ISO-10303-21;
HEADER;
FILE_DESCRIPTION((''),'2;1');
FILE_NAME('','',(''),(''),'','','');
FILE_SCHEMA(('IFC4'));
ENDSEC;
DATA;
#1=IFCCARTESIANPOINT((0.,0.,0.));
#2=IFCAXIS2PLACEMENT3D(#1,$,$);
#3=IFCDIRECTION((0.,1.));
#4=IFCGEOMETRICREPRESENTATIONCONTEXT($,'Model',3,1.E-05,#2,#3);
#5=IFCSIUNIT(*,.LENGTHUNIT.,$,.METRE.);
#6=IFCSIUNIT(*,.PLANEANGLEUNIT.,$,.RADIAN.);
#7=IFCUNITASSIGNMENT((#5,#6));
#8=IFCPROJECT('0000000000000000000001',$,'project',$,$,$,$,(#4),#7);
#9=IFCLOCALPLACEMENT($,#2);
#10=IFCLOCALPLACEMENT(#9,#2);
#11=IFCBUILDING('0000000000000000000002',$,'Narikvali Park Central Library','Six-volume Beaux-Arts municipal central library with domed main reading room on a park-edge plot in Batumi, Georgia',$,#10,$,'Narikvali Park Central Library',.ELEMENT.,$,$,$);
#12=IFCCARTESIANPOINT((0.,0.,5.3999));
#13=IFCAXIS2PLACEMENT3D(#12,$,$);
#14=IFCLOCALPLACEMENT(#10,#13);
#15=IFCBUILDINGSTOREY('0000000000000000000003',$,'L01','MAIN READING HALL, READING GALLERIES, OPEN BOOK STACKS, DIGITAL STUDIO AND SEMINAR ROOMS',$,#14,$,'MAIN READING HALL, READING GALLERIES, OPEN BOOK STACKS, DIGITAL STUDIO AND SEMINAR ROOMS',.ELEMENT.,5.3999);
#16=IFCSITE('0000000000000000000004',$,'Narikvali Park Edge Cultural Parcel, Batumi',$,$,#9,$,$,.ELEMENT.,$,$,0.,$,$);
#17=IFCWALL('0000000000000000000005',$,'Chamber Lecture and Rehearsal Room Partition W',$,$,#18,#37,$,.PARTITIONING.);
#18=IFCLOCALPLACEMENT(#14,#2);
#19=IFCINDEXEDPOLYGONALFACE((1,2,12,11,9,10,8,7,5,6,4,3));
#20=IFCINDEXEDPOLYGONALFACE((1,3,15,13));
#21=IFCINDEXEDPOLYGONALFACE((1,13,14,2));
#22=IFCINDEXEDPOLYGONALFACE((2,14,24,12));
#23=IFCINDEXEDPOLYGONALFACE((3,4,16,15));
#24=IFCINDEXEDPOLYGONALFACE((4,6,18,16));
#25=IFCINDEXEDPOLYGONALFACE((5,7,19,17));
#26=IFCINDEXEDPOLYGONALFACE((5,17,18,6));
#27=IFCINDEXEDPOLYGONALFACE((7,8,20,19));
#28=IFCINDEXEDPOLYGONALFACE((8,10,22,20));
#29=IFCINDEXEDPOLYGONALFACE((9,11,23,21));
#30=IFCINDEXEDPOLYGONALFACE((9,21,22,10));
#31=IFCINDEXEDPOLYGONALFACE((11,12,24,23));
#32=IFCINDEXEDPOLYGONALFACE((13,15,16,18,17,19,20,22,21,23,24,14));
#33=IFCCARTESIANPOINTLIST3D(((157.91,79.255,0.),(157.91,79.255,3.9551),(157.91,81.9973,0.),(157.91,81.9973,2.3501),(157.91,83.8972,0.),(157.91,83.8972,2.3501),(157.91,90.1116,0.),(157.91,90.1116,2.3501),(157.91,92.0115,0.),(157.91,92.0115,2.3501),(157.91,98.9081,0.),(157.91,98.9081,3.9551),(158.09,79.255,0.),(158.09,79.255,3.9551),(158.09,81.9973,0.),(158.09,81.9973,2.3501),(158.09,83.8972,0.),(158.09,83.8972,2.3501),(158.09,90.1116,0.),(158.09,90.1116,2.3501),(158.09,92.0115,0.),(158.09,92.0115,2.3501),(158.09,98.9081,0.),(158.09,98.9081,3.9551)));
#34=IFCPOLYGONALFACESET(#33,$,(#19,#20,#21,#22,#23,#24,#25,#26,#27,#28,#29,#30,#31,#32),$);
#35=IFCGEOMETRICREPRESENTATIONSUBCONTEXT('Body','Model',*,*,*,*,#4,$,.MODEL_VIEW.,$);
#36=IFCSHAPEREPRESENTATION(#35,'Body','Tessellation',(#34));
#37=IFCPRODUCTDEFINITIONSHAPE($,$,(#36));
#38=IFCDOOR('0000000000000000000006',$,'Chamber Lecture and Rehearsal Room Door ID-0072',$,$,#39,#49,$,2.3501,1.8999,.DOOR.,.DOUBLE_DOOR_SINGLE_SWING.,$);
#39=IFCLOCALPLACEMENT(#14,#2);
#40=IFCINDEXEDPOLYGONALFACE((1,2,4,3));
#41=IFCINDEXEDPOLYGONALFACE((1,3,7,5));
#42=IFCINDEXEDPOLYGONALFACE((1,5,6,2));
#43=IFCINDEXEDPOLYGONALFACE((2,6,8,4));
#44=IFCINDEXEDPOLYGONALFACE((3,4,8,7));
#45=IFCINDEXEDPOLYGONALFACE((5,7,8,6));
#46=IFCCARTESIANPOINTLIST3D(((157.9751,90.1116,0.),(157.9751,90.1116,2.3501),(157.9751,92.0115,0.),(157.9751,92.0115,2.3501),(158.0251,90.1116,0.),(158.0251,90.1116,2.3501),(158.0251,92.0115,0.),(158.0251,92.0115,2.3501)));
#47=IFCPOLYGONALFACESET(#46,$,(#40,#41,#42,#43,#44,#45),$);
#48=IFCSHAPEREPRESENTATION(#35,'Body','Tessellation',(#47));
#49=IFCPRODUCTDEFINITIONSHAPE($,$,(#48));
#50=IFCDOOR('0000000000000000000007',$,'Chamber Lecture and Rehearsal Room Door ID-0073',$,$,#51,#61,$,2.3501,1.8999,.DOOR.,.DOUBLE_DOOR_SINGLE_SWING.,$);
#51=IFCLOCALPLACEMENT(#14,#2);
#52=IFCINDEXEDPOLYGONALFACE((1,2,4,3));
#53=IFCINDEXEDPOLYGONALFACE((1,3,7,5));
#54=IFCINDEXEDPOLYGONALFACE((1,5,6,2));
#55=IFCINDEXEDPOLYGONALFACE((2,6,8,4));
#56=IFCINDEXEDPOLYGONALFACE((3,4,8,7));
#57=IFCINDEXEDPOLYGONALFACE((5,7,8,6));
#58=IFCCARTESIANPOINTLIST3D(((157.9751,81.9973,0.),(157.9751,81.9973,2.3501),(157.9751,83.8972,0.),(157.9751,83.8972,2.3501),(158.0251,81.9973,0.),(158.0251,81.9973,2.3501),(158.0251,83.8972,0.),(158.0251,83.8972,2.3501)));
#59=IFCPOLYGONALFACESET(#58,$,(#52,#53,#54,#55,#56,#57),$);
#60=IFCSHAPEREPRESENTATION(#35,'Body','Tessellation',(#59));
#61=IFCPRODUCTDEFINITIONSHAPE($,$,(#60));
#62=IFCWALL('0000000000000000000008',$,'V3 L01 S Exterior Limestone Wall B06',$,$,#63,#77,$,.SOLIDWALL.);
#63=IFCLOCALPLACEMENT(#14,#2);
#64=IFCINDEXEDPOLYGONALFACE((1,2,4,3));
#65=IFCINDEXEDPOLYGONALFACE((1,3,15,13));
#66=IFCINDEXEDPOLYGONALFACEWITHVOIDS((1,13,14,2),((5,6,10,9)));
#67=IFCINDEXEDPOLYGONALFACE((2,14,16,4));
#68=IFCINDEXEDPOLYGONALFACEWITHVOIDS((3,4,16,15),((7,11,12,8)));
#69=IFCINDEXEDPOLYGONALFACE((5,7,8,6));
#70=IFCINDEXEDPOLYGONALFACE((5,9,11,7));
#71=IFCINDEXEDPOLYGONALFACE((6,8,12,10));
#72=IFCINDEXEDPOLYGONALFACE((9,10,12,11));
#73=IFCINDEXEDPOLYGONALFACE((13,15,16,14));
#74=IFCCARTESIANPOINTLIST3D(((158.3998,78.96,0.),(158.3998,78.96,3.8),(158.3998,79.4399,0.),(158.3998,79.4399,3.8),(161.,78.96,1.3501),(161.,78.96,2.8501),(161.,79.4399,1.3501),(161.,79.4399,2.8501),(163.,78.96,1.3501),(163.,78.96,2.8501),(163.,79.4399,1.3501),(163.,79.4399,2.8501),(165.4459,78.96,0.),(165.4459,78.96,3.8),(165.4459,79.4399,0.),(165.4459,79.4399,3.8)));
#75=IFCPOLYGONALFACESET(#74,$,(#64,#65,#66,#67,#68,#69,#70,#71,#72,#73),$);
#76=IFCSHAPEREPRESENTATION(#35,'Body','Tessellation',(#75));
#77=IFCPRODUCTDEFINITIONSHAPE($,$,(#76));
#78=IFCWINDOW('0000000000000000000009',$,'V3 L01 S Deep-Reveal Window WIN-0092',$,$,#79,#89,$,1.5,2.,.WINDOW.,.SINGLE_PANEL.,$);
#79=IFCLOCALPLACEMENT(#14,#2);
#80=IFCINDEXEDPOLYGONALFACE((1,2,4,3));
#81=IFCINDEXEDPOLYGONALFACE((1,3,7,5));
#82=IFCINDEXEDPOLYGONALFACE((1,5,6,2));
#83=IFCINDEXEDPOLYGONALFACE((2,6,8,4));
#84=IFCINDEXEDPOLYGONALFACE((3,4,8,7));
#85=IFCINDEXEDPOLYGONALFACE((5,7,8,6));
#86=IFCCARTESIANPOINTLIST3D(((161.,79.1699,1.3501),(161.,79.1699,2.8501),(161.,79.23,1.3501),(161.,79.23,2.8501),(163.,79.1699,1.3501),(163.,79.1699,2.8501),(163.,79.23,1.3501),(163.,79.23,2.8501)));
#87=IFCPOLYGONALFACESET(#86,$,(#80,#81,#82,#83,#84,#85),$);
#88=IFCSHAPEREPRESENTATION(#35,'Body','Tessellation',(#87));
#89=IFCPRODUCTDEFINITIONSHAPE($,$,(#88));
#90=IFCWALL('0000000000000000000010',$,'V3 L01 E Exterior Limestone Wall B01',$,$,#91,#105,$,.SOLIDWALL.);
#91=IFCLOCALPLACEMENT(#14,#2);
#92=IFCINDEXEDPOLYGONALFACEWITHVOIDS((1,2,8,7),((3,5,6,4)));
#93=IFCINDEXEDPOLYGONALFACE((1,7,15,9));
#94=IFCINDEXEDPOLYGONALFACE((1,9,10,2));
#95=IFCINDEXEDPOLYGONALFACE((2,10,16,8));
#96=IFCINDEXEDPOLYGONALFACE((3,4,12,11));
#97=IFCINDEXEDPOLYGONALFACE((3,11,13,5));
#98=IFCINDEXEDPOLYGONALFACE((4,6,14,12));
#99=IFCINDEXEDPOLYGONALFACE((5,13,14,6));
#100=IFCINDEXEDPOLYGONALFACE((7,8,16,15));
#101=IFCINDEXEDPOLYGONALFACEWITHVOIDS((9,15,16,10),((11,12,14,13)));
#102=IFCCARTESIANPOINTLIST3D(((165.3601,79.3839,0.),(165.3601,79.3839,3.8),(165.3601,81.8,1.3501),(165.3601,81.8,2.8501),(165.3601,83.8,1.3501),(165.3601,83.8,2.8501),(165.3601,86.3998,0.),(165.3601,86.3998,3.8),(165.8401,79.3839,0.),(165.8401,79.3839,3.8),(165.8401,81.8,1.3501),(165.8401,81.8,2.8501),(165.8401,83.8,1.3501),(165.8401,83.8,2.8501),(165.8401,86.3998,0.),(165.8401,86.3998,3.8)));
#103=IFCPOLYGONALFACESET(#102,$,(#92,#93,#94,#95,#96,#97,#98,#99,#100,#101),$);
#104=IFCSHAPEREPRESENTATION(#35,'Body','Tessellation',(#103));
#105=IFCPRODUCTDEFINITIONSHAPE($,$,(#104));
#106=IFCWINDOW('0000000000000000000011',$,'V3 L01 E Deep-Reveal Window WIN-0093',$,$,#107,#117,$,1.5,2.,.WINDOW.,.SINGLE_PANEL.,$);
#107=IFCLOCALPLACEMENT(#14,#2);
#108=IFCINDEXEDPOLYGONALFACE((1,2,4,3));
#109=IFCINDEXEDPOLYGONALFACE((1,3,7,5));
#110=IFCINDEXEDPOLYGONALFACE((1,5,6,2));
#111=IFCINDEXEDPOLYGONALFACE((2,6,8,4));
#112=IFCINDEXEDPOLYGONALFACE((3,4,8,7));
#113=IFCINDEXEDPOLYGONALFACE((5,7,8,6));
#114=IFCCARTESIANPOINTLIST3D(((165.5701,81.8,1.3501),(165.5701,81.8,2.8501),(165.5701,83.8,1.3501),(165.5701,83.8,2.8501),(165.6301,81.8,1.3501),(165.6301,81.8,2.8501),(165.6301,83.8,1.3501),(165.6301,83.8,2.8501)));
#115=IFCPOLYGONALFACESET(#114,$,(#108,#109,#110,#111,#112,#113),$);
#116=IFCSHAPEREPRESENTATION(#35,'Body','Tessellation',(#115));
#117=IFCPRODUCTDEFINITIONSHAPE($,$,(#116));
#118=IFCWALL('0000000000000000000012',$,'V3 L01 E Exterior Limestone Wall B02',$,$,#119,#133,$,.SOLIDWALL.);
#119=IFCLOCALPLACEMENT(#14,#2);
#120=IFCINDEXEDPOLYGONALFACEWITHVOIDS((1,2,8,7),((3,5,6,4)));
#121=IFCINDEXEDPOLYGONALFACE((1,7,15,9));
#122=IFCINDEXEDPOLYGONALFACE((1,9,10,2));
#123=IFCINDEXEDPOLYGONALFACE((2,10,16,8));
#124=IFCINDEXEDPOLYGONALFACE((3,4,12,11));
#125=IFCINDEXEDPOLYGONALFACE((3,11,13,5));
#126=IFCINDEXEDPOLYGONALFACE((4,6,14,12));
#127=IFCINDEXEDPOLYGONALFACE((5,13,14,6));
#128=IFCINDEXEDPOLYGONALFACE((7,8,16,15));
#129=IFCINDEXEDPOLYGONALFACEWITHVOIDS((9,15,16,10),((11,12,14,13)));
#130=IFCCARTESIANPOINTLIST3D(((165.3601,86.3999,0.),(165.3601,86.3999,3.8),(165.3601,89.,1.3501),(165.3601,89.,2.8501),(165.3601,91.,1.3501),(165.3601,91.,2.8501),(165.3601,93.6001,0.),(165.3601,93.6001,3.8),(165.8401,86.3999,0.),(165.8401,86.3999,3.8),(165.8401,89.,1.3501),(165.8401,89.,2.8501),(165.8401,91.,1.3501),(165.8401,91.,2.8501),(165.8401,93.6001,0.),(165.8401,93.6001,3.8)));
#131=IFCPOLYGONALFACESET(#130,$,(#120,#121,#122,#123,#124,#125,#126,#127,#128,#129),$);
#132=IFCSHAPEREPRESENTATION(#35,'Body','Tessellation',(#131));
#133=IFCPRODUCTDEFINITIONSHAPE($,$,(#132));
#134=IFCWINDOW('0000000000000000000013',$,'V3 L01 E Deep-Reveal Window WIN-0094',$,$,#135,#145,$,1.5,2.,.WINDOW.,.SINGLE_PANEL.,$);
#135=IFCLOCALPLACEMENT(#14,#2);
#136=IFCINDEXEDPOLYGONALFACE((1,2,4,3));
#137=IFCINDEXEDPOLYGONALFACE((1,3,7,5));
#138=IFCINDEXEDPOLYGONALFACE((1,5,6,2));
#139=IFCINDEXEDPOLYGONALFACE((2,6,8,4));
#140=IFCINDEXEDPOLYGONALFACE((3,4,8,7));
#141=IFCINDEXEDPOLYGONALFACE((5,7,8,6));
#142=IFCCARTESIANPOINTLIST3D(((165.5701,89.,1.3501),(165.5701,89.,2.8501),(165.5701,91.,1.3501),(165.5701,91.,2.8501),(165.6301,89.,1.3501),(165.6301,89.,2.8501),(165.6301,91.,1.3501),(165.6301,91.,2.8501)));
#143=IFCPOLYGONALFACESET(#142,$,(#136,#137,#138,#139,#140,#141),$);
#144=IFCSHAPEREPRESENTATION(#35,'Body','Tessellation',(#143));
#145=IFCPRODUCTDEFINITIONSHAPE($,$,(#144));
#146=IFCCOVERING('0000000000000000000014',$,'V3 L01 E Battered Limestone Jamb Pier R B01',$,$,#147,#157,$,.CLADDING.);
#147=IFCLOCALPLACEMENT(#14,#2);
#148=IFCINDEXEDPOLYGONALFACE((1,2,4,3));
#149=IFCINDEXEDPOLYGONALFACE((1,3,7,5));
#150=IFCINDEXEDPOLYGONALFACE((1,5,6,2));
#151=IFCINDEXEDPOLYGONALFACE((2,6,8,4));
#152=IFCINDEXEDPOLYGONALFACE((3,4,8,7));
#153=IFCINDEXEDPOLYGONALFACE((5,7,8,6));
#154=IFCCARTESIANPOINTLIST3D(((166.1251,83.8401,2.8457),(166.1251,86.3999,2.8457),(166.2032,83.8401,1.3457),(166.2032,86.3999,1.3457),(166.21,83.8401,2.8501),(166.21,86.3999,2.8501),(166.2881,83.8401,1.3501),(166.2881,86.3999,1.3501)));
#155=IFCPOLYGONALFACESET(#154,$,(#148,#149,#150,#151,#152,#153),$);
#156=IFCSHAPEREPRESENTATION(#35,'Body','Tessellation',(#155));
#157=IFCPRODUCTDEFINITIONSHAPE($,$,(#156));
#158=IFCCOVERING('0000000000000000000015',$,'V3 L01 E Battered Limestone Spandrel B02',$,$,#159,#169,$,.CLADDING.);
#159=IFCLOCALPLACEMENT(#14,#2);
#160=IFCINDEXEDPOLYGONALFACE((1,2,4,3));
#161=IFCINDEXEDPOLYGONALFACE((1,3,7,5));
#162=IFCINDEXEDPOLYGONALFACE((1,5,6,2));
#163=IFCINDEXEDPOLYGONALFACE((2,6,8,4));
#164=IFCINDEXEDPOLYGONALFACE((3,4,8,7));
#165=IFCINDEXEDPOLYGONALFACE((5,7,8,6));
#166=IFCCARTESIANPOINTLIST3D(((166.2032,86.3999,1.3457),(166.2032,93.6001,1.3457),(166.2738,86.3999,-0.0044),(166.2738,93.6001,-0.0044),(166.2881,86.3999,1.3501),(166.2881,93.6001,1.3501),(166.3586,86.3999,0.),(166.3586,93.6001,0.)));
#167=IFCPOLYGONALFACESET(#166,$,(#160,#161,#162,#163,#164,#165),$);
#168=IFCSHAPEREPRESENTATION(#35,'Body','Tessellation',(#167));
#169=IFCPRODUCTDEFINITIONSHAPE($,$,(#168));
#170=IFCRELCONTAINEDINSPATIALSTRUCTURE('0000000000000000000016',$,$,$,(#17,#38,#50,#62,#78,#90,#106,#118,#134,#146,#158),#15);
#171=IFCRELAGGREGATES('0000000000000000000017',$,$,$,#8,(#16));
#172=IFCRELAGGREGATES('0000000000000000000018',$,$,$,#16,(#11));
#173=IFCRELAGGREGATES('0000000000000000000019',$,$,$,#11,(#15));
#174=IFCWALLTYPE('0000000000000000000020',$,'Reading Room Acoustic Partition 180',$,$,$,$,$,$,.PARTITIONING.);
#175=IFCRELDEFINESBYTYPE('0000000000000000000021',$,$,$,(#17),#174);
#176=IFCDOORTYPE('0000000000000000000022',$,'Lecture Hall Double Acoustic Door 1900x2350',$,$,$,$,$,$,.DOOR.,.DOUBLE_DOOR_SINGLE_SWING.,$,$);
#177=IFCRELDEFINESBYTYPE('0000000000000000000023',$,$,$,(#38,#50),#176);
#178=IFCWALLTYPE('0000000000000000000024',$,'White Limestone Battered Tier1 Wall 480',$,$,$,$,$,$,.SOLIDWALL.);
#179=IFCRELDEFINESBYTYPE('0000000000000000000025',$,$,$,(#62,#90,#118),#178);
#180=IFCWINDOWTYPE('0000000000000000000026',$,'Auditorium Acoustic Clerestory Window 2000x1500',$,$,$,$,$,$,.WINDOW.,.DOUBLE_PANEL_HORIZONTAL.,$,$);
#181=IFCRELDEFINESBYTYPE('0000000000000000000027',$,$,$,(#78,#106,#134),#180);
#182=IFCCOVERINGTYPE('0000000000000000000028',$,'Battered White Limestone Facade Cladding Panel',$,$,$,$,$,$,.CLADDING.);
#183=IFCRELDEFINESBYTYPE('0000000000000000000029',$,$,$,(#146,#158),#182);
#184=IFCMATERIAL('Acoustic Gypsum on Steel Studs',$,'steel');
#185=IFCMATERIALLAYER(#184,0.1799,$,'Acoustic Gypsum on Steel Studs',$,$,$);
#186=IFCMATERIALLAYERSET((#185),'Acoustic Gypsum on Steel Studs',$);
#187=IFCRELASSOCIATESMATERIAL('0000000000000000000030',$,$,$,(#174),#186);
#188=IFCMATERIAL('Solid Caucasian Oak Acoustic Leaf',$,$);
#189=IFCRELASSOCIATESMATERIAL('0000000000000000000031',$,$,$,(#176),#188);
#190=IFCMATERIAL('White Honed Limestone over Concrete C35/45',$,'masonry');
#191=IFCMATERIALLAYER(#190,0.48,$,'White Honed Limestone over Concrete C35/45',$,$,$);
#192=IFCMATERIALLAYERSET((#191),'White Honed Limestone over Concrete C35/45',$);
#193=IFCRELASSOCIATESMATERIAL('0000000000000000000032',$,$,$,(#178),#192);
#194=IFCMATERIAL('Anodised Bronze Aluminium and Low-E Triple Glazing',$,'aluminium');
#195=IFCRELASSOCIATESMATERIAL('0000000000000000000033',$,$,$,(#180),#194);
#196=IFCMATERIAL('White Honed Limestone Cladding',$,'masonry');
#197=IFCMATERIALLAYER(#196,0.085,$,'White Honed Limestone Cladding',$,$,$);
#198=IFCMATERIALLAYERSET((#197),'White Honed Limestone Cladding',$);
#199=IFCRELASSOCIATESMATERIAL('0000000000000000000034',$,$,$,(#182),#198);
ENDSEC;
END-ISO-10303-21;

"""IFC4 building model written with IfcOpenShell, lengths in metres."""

from ifc_helpers import new_model, si_unit, direction, frame, frame_2d, origin, place, context, subcontext, project, spatial, polyline, rectangle, outline, extrude, material, layer, layer_set, type_object, element, fill, save


model = new_model("IFC4")

# Units and contexts
model_context = context("Model", 3, precision=1e-05, world=origin(), true_north=direction((0.0, 1.0)))
body_context = subcontext(model_context, "Body", "Model", "MODEL_VIEW")
ifc_project = project(units=[si_unit("LENGTHUNIT", "METRE"), si_unit("PLANEANGLEUNIT", "RADIAN")], contexts=[model_context])

# Site, building, storey
site_placement = place(None, origin())
site = spatial("IfcSite", under=ifc_project, at=site_placement, Name="Narikvali Park Edge Cultural Parcel, Batumi", CompositionType="ELEMENT", RefElevation=0.0)
building_placement = place(site_placement, origin())
building = spatial("IfcBuilding", under=site, at=building_placement, Name="Narikvali Park Central Library", Description="Six-volume Beaux-Arts municipal central library with domed main reading room on a park-edge plot in Batumi, Georgia", LongName="Narikvali Park Central Library", CompositionType="ELEMENT")
storey_placement = place(building_placement, frame((0.0, 0.0, 5.3999)))
storey = spatial("IfcBuildingStorey", under=building, at=storey_placement, Name="L01", Description="MAIN READING HALL, READING GALLERIES, OPEN BOOK STACKS, DIGITAL STUDIO AND SEMINAR ROOMS", LongName="MAIN READING HALL, READING GALLERIES, OPEN BOOK STACKS, DIGITAL STUDIO AND SEMINAR ROOMS", CompositionType="ELEMENT", Elevation=5.3999)

# Wall, openings, doors
ifc_material_1 = material(Name="Acoustic Gypsum on Steel Studs", Category="steel")
ifc_layer_1 = layer(ifc_material_1, 0.1799, Name="Acoustic Gypsum on Steel Studs")
ifc_layer_set_1 = layer_set([ifc_layer_1], Name="Acoustic Gypsum on Steel Studs")
wall_type_1 = type_object("IfcWallType", Name="Reading Room Acoustic Partition 180", PredefinedType="PARTITIONING", material=ifc_layer_set_1)
wall_1_placement = place(storey_placement, frame((158.0, 79.2549, 0.0), z_axis=(0.0, 0.0, 1.0), x_axis=(0.0, 1.0, 0.0)))
wall_1 = element("IfcWall", 1, at=wall_1_placement, inside=storey, type_object=wall_type_1, Name="Chamber Lecture and Rehearsal Room Partition W", PredefinedType="PARTITIONING", context=body_context, shape_type="SweptSolid", body=[
    extrude(rectangle(XDim=19.6531, YDim=0.1799, at=frame_2d((9.8267, 0.0))), origin(), (0.0, 0.0, 1.0), 3.9551),
])
opening_1_placement = place(wall_1_placement, frame((10.8567, 0.0, 0.0)))
opening_1 = element("IfcOpeningElement", 2, at=opening_1_placement, cuts=wall_1, PredefinedType="OPENING", context=body_context, shape_type="SweptSolid", body=[
    extrude(rectangle(XDim=1.8999, YDim=2.3501, at=frame_2d((0.95, 1.175))), frame((0.0, 0.1021, 0.0), z_axis=(0.0, -1.0, 0.0), x_axis=(1.0, 0.0, 0.0)), (0.0, 0.0, 1.0), 0.2039),
])
opening_2_placement = place(wall_1_placement, frame((2.7424, 0.0, 0.0)))
opening_2 = element("IfcOpeningElement", 3, at=opening_2_placement, cuts=wall_1, PredefinedType="OPENING", context=body_context, shape_type="SweptSolid", body=[
    extrude(rectangle(XDim=1.8999, YDim=2.3501, at=frame_2d((0.95, 1.175))), frame((0.0, 0.1021, 0.0), z_axis=(0.0, -1.0, 0.0), x_axis=(1.0, 0.0, 0.0)), (0.0, 0.0, 1.0), 0.2039),
])
ifc_material_2 = material(Name="Solid Caucasian Oak Acoustic Leaf")
door_type = type_object("IfcDoorType", Name="Lecture Hall Double Acoustic Door 1900x2350", OperationType="DOUBLE_DOOR_SINGLE_SWING", PredefinedType="DOOR", material=ifc_material_2)
door_1_placement = place(opening_1_placement, origin())
door_1 = element("IfcDoor", 4, at=door_1_placement, inside=storey, type_object=door_type, Name="Chamber Lecture and Rehearsal Room Door ID-0072", OperationType="DOUBLE_DOOR_SINGLE_SWING", OverallHeight=2.3501, OverallWidth=1.8999, PredefinedType="DOOR", context=body_context, shape_type="SweptSolid", body=[
    extrude(rectangle(XDim=1.8999, YDim=2.3501, at=frame_2d((0.95, 1.175))), frame((0.0, 0.0249, 0.0), z_axis=(0.0, -1.0, 0.0), x_axis=(1.0, 0.0, 0.0)), (0.0, 0.0, 1.0), 0.05),
])
fill(opening_1, door_1)
door_2_placement = place(opening_2_placement, origin())
door_2 = element("IfcDoor", 5, at=door_2_placement, inside=storey, type_object=door_type, Name="Chamber Lecture and Rehearsal Room Door ID-0073", OperationType="DOUBLE_DOOR_SINGLE_SWING", OverallHeight=2.3501, OverallWidth=1.8999, PredefinedType="DOOR", context=body_context, shape_type="SweptSolid", body=[
    extrude(rectangle(XDim=1.8999, YDim=2.3501, at=frame_2d((0.95, 1.175))), frame((0.0, 0.0249, 0.0), z_axis=(0.0, -1.0, 0.0), x_axis=(1.0, 0.0, 0.0)), (0.0, 0.0, 1.0), 0.05),
])
fill(opening_2, door_2)

# Walls, openings, windows
ifc_material_3 = material(Name="White Honed Limestone over Concrete C35/45", Category="masonry")
ifc_layer_2 = layer(ifc_material_3, 0.48, Name="White Honed Limestone over Concrete C35/45")
ifc_layer_set_2 = layer_set([ifc_layer_2], Name="White Honed Limestone over Concrete C35/45")
wall_type_2 = type_object("IfcWallType", Name="White Limestone Battered Tier1 Wall 480", PredefinedType="SOLIDWALL", material=ifc_layer_set_2)
wall_2_placement = place(storey_placement, frame((158.3999, 79.2, 0.0), z_axis=(0.0, 0.0, 1.0), x_axis=(1.0, 0.0, 0.0)))
wall_2 = element("IfcWall", 6, at=wall_2_placement, inside=storey, type_object=wall_type_2, Name="V3 L01 S Exterior Limestone Wall B06", PredefinedType="SOLIDWALL", context=body_context, shape_type="SweptSolid", body=[
    extrude(rectangle(XDim=7.0461, YDim=0.48, at=frame_2d((3.5229, 0.0))), origin(), (0.0, 0.0, 1.0), 3.8),
])
opening_3_placement = place(wall_2_placement, frame((2.6001, 0.0, 1.3501)))
opening_3 = element("IfcOpeningElement", 7, at=opening_3_placement, cuts=wall_2, PredefinedType="OPENING", context=body_context, shape_type="SweptSolid", body=[
    extrude(rectangle(XDim=2.0, YDim=1.5, at=frame_2d((1.0, 0.75))), frame((0.0, 0.252, 0.0), z_axis=(0.0, -1.0, 0.0), x_axis=(1.0, 0.0, 0.0)), (0.0, 0.0, 1.0), 0.5039),
])
ifc_material_4 = material(Name="Anodised Bronze Aluminium and Low-E Triple Glazing", Category="aluminium")
window_type = type_object("IfcWindowType", Name="Auditorium Acoustic Clerestory Window 2000x1500", PartitioningType="DOUBLE_PANEL_HORIZONTAL", PredefinedType="WINDOW", material=ifc_material_4)
window_1_placement = place(opening_3_placement, origin())
window_1 = element("IfcWindow", 8, at=window_1_placement, inside=storey, type_object=window_type, Name="V3 L01 S Deep-Reveal Window WIN-0092", OverallHeight=1.5, OverallWidth=2.0, PartitioningType="SINGLE_PANEL", PredefinedType="WINDOW", context=body_context, shape_type="SweptSolid", body=[
    extrude(rectangle(XDim=2.0, YDim=1.5, at=frame_2d((1.0, 0.75))), frame((0.0, 0.03, 0.0), z_axis=(0.0, -1.0, 0.0), x_axis=(1.0, 0.0, 0.0)), (0.0, 0.0, 1.0), 0.0601),
])
fill(opening_3, window_1)
wall_3_placement = place(storey_placement, frame((165.6001, 79.384, 0.0), z_axis=(0.0, 0.0, 1.0), x_axis=(0.0, 1.0, 0.0)))
wall_3 = element("IfcWall", 9, at=wall_3_placement, inside=storey, type_object=wall_type_2, Name="V3 L01 E Exterior Limestone Wall B01", PredefinedType="SOLIDWALL", context=body_context, shape_type="SweptSolid", body=[
    extrude(rectangle(XDim=7.0159, YDim=0.48, at=frame_2d((3.5078, 0.0))), origin(), (0.0, 0.0, 1.0), 3.8),
])
opening_4_placement = place(wall_3_placement, frame((2.416, 0.0, 1.3501)))
opening_4 = element("IfcOpeningElement", 10, at=opening_4_placement, cuts=wall_3, PredefinedType="OPENING", context=body_context, shape_type="SweptSolid", body=[
    extrude(rectangle(XDim=2.0, YDim=1.5, at=frame_2d((1.0, 0.75))), frame((0.0, 0.252, 0.0), z_axis=(0.0, -1.0, 0.0), x_axis=(1.0, 0.0, 0.0)), (0.0, 0.0, 1.0), 0.5039),
])
window_2_placement = place(opening_4_placement, origin())
window_2 = element("IfcWindow", 11, at=window_2_placement, inside=storey, type_object=window_type, Name="V3 L01 E Deep-Reveal Window WIN-0093", OverallHeight=1.5, OverallWidth=2.0, PartitioningType="SINGLE_PANEL", PredefinedType="WINDOW", context=body_context, shape_type="SweptSolid", body=[
    extrude(rectangle(XDim=2.0, YDim=1.5, at=frame_2d((1.0, 0.75))), frame((0.0, 0.03, 0.0), z_axis=(0.0, -1.0, 0.0), x_axis=(1.0, 0.0, 0.0)), (0.0, 0.0, 1.0), 0.0601),
])
fill(opening_4, window_2)
wall_4_placement = place(storey_placement, frame((165.6001, 86.3999, 0.0), z_axis=(0.0, 0.0, 1.0), x_axis=(0.0, 1.0, 0.0)))
wall_4 = element("IfcWall", 12, at=wall_4_placement, inside=storey, type_object=wall_type_2, Name="V3 L01 E Exterior Limestone Wall B02", PredefinedType="SOLIDWALL", context=body_context, shape_type="SweptSolid", body=[
    extrude(rectangle(XDim=7.2002, YDim=0.48, at=frame_2d((3.6001, 0.0))), origin(), (0.0, 0.0, 1.0), 3.8),
])
opening_5_placement = place(wall_4_placement, frame((2.6001, 0.0, 1.3501)))
opening_5 = element("IfcOpeningElement", 13, at=opening_5_placement, cuts=wall_4, PredefinedType="OPENING", context=body_context, shape_type="SweptSolid", body=[
    extrude(rectangle(XDim=2.0, YDim=1.5, at=frame_2d((1.0, 0.75))), frame((0.0, 0.252, 0.0), z_axis=(0.0, -1.0, 0.0), x_axis=(1.0, 0.0, 0.0)), (0.0, 0.0, 1.0), 0.5039),
])
window_3_placement = place(opening_5_placement, origin())
window_3 = element("IfcWindow", 14, at=window_3_placement, inside=storey, type_object=window_type, Name="V3 L01 E Deep-Reveal Window WIN-0094", OverallHeight=1.5, OverallWidth=2.0, PartitioningType="SINGLE_PANEL", PredefinedType="WINDOW", context=body_context, shape_type="SweptSolid", body=[
    extrude(rectangle(XDim=2.0, YDim=1.5, at=frame_2d((1.0, 0.75))), frame((0.0, 0.03, 0.0), z_axis=(0.0, -1.0, 0.0), x_axis=(1.0, 0.0, 0.0)), (0.0, 0.0, 1.0), 0.0601),
])
fill(opening_5, window_3)

# Coverings
ifc_material_5 = material(Name="White Honed Limestone Cladding", Category="masonry")
ifc_layer_3 = layer(ifc_material_5, 0.085, Name="White Honed Limestone Cladding")
ifc_layer_set_3 = layer_set([ifc_layer_3], Name="White Honed Limestone Cladding")
covering_type = type_object("IfcCoveringType", Name="Battered White Limestone Facade Cladding Panel", PredefinedType="CLADDING", material=ifc_layer_set_3)
covering_1_placement = place(storey_placement, frame((166.2881, 83.8401, 1.3501), z_axis=(0.998646, 0.0, 0.052013), x_axis=(0.0, 1.0, 0.0)))
element("IfcCovering", 15, at=covering_1_placement, inside=storey, type_object=covering_type, Name="V3 L01 E Battered Limestone Jamb Pier R B01", PredefinedType="CLADDING", context=body_context, shape_type="SweptSolid", body=[
    extrude(outline(polyline([(0.0, 0.0), (2.5598, 0.0), (2.5598, 1.502), (0.0, 1.502), (0.0, 0.0)])), origin(), (0.0, 0.0, -1.0), 0.085),
])
covering_2_placement = place(storey_placement, frame((166.3586, 86.3999, 0.0), z_axis=(0.998637, 0.0, 0.052189), x_axis=(0.0, 1.0, 0.0)))
element("IfcCovering", 16, at=covering_2_placement, inside=storey, type_object=covering_type, Name="V3 L01 E Battered Limestone Spandrel B02", PredefinedType="CLADDING", context=body_context, shape_type="SweptSolid", body=[
    extrude(outline(polyline([(0.0, 0.0), (7.2002, 0.0), (7.2002, 1.3519), (0.0, 1.3519), (0.0, 0.0)])), origin(), (0.0, 0.0, -1.0), 0.085),
])

save(model, "model.ifc")
